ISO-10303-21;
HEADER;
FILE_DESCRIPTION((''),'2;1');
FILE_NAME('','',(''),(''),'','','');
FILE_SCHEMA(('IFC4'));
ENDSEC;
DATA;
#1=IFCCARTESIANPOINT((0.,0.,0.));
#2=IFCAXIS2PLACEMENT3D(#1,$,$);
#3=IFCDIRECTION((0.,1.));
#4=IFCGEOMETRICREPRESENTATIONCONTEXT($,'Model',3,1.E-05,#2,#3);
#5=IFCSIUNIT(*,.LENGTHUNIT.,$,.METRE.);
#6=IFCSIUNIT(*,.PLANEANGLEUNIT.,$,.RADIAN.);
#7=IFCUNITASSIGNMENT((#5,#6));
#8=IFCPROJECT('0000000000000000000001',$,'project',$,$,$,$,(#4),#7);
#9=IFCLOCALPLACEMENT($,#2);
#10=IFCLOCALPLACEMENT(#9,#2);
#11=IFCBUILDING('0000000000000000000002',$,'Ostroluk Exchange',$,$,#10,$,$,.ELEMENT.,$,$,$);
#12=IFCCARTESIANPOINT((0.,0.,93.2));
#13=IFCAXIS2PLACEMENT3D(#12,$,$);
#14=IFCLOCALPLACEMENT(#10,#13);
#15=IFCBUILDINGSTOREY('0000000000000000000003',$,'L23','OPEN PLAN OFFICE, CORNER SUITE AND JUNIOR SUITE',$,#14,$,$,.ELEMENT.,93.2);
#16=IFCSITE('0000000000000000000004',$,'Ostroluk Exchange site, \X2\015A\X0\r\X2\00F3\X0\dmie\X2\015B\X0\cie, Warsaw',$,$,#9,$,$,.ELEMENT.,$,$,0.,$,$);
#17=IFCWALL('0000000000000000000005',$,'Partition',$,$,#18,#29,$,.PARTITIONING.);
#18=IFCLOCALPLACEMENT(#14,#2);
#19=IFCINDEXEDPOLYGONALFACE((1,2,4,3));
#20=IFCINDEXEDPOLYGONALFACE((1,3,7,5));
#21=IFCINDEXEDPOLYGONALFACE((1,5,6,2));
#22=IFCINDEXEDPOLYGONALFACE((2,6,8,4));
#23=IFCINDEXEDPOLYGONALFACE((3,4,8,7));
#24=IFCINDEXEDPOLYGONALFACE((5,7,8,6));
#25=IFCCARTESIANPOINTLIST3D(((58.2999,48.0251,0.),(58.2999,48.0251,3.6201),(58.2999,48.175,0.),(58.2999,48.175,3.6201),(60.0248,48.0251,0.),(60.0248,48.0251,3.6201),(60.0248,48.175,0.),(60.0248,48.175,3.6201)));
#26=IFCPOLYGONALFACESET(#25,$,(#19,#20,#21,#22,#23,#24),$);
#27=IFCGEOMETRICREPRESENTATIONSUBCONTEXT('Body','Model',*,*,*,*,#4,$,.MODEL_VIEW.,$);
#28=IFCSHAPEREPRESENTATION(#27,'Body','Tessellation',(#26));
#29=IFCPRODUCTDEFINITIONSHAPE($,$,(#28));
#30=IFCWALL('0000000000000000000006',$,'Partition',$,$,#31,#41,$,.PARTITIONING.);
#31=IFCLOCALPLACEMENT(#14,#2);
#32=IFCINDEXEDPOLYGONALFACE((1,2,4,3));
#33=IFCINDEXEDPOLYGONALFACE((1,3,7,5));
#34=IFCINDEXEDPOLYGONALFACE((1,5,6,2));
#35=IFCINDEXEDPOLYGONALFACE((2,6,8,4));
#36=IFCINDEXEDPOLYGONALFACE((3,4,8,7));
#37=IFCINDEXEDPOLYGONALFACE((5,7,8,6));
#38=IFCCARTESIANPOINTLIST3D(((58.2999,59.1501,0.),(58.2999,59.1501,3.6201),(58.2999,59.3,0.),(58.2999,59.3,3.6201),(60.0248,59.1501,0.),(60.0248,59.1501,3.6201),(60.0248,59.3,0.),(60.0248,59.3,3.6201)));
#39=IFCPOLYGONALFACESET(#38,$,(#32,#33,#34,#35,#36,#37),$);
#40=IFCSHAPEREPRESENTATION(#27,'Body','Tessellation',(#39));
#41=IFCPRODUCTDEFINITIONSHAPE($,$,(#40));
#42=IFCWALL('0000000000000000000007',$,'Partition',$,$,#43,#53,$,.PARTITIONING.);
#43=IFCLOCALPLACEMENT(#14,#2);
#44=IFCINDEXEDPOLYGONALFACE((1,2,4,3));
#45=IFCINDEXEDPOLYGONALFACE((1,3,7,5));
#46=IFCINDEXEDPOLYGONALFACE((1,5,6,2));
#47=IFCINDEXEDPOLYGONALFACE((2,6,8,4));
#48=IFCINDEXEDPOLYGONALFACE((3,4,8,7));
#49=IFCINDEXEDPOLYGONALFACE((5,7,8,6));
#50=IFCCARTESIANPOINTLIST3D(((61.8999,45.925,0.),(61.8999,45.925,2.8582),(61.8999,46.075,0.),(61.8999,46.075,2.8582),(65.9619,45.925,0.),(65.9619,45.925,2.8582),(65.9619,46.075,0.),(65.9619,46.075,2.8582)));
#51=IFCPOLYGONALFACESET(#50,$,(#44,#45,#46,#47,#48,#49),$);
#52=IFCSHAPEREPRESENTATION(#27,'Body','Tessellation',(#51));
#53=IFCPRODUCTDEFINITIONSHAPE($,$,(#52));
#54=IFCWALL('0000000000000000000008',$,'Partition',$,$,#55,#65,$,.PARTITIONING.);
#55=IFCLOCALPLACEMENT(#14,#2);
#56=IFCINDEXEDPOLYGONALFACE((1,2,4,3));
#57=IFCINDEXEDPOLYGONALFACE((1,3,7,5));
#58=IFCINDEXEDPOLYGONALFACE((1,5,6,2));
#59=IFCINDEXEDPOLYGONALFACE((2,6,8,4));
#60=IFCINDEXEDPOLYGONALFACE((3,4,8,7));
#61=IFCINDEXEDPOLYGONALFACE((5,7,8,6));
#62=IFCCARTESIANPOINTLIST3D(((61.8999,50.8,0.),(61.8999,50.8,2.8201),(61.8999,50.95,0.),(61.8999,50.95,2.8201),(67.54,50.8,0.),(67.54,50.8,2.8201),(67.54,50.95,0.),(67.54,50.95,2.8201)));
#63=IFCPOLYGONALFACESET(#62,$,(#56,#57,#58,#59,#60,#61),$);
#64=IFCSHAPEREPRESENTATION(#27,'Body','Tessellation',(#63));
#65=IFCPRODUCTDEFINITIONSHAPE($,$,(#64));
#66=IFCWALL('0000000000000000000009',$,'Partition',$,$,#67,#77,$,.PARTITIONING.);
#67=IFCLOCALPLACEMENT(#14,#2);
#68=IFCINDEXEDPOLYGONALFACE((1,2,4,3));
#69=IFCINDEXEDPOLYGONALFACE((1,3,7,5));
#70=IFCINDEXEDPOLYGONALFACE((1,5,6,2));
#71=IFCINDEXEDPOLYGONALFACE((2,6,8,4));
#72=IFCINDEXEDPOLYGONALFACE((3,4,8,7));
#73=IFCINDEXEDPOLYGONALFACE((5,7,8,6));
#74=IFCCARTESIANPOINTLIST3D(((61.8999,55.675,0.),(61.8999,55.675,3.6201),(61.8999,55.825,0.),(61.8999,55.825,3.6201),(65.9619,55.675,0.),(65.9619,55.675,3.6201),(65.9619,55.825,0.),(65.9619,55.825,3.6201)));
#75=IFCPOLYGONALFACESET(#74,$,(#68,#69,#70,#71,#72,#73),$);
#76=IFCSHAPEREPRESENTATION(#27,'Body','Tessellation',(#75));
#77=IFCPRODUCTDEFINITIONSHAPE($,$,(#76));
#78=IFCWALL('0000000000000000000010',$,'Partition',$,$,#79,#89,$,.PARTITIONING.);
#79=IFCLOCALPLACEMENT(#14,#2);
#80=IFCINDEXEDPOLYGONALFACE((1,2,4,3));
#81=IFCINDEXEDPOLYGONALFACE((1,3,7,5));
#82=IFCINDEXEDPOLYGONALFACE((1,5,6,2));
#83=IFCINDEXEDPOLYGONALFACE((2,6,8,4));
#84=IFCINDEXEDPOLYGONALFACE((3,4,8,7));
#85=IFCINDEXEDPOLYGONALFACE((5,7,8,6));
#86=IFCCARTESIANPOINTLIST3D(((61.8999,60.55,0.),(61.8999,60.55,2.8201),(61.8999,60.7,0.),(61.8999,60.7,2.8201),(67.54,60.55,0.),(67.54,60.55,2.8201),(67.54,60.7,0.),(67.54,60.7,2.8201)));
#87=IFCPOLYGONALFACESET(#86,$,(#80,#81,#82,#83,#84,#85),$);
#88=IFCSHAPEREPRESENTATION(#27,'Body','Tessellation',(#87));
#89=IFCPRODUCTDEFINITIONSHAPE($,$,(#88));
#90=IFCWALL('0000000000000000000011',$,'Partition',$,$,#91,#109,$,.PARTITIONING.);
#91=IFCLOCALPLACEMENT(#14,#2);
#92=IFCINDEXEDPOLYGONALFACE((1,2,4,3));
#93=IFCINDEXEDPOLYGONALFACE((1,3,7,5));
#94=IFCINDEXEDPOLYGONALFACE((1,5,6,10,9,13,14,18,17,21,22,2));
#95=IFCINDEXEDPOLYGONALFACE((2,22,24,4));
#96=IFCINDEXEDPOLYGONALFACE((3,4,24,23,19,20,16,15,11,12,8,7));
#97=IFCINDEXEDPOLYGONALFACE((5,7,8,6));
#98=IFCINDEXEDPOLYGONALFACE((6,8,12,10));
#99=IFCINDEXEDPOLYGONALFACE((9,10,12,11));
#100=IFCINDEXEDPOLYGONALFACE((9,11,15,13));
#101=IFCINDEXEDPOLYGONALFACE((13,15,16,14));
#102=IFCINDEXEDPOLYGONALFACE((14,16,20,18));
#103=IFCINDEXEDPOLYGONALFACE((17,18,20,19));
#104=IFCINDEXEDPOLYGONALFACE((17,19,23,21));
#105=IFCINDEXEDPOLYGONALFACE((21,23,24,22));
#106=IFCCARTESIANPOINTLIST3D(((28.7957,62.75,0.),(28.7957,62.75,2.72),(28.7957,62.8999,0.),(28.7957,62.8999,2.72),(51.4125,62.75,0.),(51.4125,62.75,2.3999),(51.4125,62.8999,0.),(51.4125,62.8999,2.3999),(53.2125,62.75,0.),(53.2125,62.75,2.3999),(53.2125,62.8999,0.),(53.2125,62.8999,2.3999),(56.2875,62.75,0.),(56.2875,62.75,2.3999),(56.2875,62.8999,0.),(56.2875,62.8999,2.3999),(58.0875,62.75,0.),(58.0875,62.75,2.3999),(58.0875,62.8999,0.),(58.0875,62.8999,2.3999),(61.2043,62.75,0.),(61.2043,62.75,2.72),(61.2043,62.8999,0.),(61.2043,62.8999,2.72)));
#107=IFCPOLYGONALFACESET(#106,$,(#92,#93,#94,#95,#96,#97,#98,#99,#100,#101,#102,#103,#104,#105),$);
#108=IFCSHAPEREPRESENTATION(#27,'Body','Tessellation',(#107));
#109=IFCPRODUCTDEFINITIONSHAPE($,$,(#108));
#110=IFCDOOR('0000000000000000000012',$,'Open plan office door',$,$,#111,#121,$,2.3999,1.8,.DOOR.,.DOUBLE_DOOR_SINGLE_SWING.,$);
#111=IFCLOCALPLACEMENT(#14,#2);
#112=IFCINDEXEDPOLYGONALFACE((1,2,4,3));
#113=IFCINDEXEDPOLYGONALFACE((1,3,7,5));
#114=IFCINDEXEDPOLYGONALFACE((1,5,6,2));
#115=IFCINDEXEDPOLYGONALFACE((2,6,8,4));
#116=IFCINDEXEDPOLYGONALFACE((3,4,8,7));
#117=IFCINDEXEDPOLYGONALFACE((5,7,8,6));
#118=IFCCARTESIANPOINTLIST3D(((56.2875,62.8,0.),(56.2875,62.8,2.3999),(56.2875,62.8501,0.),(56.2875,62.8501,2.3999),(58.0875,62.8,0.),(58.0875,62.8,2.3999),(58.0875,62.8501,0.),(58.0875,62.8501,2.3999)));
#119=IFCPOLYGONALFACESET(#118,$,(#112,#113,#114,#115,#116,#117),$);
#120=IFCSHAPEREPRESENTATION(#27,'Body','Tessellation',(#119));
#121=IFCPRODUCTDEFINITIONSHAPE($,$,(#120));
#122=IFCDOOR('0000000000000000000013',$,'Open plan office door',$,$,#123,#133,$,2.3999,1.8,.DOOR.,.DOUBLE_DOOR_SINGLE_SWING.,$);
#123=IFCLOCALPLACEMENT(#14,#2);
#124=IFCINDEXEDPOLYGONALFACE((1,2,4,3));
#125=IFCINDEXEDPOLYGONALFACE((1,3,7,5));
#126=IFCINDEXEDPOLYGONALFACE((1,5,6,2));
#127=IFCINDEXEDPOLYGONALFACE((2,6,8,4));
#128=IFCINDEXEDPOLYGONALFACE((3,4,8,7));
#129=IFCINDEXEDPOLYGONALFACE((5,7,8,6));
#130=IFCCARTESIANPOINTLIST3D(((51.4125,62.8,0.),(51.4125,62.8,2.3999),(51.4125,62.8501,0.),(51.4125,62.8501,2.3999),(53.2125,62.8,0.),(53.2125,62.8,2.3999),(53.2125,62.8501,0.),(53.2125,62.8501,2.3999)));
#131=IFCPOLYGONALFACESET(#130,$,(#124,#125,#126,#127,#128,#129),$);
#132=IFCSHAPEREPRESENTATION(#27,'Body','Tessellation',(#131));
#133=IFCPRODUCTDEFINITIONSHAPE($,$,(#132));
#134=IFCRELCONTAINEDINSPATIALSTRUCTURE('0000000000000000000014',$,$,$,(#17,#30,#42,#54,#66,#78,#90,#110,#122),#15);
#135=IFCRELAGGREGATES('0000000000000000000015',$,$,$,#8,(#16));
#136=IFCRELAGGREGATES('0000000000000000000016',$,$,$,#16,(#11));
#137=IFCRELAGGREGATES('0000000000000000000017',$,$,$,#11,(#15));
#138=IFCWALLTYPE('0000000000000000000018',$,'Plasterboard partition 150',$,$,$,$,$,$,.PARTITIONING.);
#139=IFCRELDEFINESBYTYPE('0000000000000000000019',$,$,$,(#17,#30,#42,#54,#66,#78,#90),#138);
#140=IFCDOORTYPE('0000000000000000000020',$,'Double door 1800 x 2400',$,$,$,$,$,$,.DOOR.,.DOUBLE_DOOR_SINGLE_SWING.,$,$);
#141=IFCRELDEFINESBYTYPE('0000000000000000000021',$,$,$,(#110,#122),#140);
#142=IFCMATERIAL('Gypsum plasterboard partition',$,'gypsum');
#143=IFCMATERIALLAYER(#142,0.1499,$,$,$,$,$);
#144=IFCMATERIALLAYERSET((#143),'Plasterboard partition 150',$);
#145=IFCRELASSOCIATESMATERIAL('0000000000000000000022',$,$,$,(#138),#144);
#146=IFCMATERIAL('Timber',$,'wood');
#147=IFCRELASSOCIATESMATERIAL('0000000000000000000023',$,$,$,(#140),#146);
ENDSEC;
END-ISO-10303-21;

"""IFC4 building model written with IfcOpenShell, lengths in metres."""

from ifc_helpers import new_model, si_unit, direction, frame, frame_2d, origin, place, context, subcontext, project, spatial, rectangle, extrude, material, layer, layer_set, type_object, element, fill, save


model = new_model("IFC4")

# Units and contexts
model_context = context("Model", 3, precision=1e-05, world=origin(), true_north=direction((0.0, 1.0)))
body_context = subcontext(model_context, "Body", "Model", "MODEL_VIEW")
ifc_project = project(units=[si_unit("LENGTHUNIT", "METRE"), si_unit("PLANEANGLEUNIT", "RADIAN")], contexts=[model_context])

# Site, building, storey
site_placement = place(None, origin())
site = spatial("IfcSite", under=ifc_project, at=site_placement, Name="Ostroluk Exchange site, Śródmieście, Warsaw", CompositionType="ELEMENT", RefElevation=0.0)
building_placement = place(site_placement, origin())
building = spatial("IfcBuilding", under=site, at=building_placement, Name="Ostroluk Exchange", CompositionType="ELEMENT")
storey_placement = place(building_placement, frame((0.0, 0.0, 93.2)))
storey = spatial("IfcBuildingStorey", under=building, at=storey_placement, Name="L23", Description="OPEN PLAN OFFICE, CORNER SUITE AND JUNIOR SUITE", CompositionType="ELEMENT", Elevation=93.2)

# Shared definitions
ifc_material_1 = material(Name="Gypsum plasterboard partition", Category="gypsum")
ifc_layer = layer(ifc_material_1, 0.1499)
ifc_layer_set = layer_set([ifc_layer], Name="Plasterboard partition 150")
wall_type = type_object("IfcWallType", Name="Plasterboard partition 150", PredefinedType="PARTITIONING", material=ifc_layer_set)

# Walls
for number, where, z_axis, x_axis, name in (
    (1, (58.3, 48.1001, 0.0), (0.0, 0.0, 1.0), (1.0, 0.0, 0.0), "Partition"),
    (2, (58.3, 59.2251, 0.0), (0.0, 0.0, 1.0), (1.0, 0.0, 0.0), "Partition"),
):
    element("IfcWall", number, at=place(storey_placement, frame(where, z_axis=z_axis, x_axis=x_axis)), inside=storey, type_object=wall_type, Name=name, PredefinedType="PARTITIONING", context=body_context, shape_type="SweptSolid", body=[
        extrude(rectangle(XDim=1.7249, YDim=0.1499, at=frame_2d((0.8623, 0.0))), origin(), (0.0, 0.0, 1.0), 3.6201),
    ])
wall_1_placement = place(storey_placement, frame((61.8999, 46.0, 0.0), z_axis=(0.0, 0.0, 1.0), x_axis=(1.0, 0.0, 0.0)))
element("IfcWall", 3, at=wall_1_placement, inside=storey, type_object=wall_type, Name="Partition", PredefinedType="PARTITIONING", context=body_context, shape_type="SweptSolid", body=[
    extrude(rectangle(XDim=4.062, YDim=0.1499, at=frame_2d((2.031, 0.0))), origin(), (0.0, 0.0, 1.0), 2.8582),
])
wall_2_placement = place(storey_placement, frame((61.8999, 50.875, 0.0), z_axis=(0.0, 0.0, 1.0), x_axis=(1.0, 0.0, 0.0)))
element("IfcWall", 4, at=wall_2_placement, inside=storey, type_object=wall_type, Name="Partition", PredefinedType="PARTITIONING", context=body_context, shape_type="SweptSolid", body=[
    extrude(rectangle(XDim=5.6401, YDim=0.1499, at=frame_2d((2.8201, 0.0))), origin(), (0.0, 0.0, 1.0), 2.8201),
])
wall_3_placement = place(storey_placement, frame((61.8999, 55.75, 0.0), z_axis=(0.0, 0.0, 1.0), x_axis=(1.0, 0.0, 0.0)))
element("IfcWall", 5, at=wall_3_placement, inside=storey, type_object=wall_type, Name="Partition", PredefinedType="PARTITIONING", context=body_context, shape_type="SweptSolid", body=[
    extrude(rectangle(XDim=4.062, YDim=0.1499, at=frame_2d((2.031, 0.0))), origin(), (0.0, 0.0, 1.0), 3.6201),
])
wall_4_placement = place(storey_placement, frame((61.8999, 60.625, 0.0), z_axis=(0.0, 0.0, 1.0), x_axis=(1.0, 0.0, 0.0)))
element("IfcWall", 6, at=wall_4_placement, inside=storey, type_object=wall_type, Name="Partition", PredefinedType="PARTITIONING", context=body_context, shape_type="SweptSolid", body=[
    extrude(rectangle(XDim=5.6401, YDim=0.1499, at=frame_2d((2.8201, 0.0))), origin(), (0.0, 0.0, 1.0), 2.8201),
])

# Wall, openings, doors
wall_5_placement = place(storey_placement, frame((61.2043, 62.825, 0.0), z_axis=(0.0, 0.0, 1.0), x_axis=(-1.0, 0.0, 0.0)))
wall_5 = element("IfcWall", 7, at=wall_5_placement, inside=storey, type_object=wall_type, Name="Partition", PredefinedType="PARTITIONING", context=body_context, shape_type="SweptSolid", body=[
    extrude(rectangle(XDim=32.4087, YDim=0.1499, at=frame_2d((16.2043, 0.0))), origin(), (0.0, 0.0, 1.0), 2.72),
])
opening_1_placement = place(wall_5_placement, frame((3.1169, 0.0, 0.0)))
opening_1 = element("IfcOpeningElement", 8, at=opening_1_placement, cuts=wall_5, PredefinedType="OPENING", context=body_context, shape_type="SweptSolid", body=[
    extrude(rectangle(XDim=1.8, YDim=2.3999, at=frame_2d((0.8999, 1.2))), frame((0.0, 0.085, 0.0), z_axis=(0.0, -1.0, 0.0), x_axis=(1.0, 0.0, 0.0)), (0.0, 0.0, 1.0), 0.1699),
])
opening_2_placement = place(wall_5_placement, frame((7.9919, 0.0, 0.0)))
opening_2 = element("IfcOpeningElement", 9, at=opening_2_placement, cuts=wall_5, PredefinedType="OPENING", context=body_context, shape_type="SweptSolid", body=[
    extrude(rectangle(XDim=1.8, YDim=2.3999, at=frame_2d((0.8999, 1.2))), frame((0.0, 0.085, 0.0), z_axis=(0.0, -1.0, 0.0), x_axis=(1.0, 0.0, 0.0)), (0.0, 0.0, 1.0), 0.1699),
])
ifc_material_2 = material(Name="Timber", Category="wood")
door_type_1 = type_object("IfcDoorType", Name="Double door 1800 x 2400", OperationType="DOUBLE_DOOR_SINGLE_SWING", PredefinedType="DOOR", material=ifc_material_2)
door_1_placement = place(opening_1_placement, origin())
door_1 = element("IfcDoor", 10, at=door_1_placement, inside=storey, type_object=door_type_1, Name="Open plan office door", OperationType="DOUBLE_DOOR_SINGLE_SWING", OverallHeight=2.3999, OverallWidth=1.8, PredefinedType="DOOR", context=body_context, shape_type="SweptSolid", body=[
    extrude(rectangle(XDim=1.8, YDim=2.3999, at=frame_2d((0.8999, 1.2))), frame((0.0, 0.0249, 0.0), z_axis=(0.0, -1.0, 0.0), x_axis=(1.0, 0.0, 0.0)), (0.0, 0.0, 1.0), 0.05),
])
fill(opening_1, door_1)
door_2_placement = place(opening_2_placement, origin())
door_2 = element("IfcDoor", 11, at=door_2_placement, inside=storey, type_object=door_type_1, Name="Open plan office door", OperationType="DOUBLE_DOOR_SINGLE_SWING", OverallHeight=2.3999, OverallWidth=1.8, PredefinedType="DOOR", context=body_context, shape_type="SweptSolid", body=[
    extrude(rectangle(XDim=1.8, YDim=2.3999, at=frame_2d((0.8999, 1.2))), frame((0.0, 0.0249, 0.0), z_axis=(0.0, -1.0, 0.0), x_axis=(1.0, 0.0, 0.0)), (0.0, 0.0, 1.0), 0.05),
])
fill(opening_2, door_2)

save(model, "model.ifc")
